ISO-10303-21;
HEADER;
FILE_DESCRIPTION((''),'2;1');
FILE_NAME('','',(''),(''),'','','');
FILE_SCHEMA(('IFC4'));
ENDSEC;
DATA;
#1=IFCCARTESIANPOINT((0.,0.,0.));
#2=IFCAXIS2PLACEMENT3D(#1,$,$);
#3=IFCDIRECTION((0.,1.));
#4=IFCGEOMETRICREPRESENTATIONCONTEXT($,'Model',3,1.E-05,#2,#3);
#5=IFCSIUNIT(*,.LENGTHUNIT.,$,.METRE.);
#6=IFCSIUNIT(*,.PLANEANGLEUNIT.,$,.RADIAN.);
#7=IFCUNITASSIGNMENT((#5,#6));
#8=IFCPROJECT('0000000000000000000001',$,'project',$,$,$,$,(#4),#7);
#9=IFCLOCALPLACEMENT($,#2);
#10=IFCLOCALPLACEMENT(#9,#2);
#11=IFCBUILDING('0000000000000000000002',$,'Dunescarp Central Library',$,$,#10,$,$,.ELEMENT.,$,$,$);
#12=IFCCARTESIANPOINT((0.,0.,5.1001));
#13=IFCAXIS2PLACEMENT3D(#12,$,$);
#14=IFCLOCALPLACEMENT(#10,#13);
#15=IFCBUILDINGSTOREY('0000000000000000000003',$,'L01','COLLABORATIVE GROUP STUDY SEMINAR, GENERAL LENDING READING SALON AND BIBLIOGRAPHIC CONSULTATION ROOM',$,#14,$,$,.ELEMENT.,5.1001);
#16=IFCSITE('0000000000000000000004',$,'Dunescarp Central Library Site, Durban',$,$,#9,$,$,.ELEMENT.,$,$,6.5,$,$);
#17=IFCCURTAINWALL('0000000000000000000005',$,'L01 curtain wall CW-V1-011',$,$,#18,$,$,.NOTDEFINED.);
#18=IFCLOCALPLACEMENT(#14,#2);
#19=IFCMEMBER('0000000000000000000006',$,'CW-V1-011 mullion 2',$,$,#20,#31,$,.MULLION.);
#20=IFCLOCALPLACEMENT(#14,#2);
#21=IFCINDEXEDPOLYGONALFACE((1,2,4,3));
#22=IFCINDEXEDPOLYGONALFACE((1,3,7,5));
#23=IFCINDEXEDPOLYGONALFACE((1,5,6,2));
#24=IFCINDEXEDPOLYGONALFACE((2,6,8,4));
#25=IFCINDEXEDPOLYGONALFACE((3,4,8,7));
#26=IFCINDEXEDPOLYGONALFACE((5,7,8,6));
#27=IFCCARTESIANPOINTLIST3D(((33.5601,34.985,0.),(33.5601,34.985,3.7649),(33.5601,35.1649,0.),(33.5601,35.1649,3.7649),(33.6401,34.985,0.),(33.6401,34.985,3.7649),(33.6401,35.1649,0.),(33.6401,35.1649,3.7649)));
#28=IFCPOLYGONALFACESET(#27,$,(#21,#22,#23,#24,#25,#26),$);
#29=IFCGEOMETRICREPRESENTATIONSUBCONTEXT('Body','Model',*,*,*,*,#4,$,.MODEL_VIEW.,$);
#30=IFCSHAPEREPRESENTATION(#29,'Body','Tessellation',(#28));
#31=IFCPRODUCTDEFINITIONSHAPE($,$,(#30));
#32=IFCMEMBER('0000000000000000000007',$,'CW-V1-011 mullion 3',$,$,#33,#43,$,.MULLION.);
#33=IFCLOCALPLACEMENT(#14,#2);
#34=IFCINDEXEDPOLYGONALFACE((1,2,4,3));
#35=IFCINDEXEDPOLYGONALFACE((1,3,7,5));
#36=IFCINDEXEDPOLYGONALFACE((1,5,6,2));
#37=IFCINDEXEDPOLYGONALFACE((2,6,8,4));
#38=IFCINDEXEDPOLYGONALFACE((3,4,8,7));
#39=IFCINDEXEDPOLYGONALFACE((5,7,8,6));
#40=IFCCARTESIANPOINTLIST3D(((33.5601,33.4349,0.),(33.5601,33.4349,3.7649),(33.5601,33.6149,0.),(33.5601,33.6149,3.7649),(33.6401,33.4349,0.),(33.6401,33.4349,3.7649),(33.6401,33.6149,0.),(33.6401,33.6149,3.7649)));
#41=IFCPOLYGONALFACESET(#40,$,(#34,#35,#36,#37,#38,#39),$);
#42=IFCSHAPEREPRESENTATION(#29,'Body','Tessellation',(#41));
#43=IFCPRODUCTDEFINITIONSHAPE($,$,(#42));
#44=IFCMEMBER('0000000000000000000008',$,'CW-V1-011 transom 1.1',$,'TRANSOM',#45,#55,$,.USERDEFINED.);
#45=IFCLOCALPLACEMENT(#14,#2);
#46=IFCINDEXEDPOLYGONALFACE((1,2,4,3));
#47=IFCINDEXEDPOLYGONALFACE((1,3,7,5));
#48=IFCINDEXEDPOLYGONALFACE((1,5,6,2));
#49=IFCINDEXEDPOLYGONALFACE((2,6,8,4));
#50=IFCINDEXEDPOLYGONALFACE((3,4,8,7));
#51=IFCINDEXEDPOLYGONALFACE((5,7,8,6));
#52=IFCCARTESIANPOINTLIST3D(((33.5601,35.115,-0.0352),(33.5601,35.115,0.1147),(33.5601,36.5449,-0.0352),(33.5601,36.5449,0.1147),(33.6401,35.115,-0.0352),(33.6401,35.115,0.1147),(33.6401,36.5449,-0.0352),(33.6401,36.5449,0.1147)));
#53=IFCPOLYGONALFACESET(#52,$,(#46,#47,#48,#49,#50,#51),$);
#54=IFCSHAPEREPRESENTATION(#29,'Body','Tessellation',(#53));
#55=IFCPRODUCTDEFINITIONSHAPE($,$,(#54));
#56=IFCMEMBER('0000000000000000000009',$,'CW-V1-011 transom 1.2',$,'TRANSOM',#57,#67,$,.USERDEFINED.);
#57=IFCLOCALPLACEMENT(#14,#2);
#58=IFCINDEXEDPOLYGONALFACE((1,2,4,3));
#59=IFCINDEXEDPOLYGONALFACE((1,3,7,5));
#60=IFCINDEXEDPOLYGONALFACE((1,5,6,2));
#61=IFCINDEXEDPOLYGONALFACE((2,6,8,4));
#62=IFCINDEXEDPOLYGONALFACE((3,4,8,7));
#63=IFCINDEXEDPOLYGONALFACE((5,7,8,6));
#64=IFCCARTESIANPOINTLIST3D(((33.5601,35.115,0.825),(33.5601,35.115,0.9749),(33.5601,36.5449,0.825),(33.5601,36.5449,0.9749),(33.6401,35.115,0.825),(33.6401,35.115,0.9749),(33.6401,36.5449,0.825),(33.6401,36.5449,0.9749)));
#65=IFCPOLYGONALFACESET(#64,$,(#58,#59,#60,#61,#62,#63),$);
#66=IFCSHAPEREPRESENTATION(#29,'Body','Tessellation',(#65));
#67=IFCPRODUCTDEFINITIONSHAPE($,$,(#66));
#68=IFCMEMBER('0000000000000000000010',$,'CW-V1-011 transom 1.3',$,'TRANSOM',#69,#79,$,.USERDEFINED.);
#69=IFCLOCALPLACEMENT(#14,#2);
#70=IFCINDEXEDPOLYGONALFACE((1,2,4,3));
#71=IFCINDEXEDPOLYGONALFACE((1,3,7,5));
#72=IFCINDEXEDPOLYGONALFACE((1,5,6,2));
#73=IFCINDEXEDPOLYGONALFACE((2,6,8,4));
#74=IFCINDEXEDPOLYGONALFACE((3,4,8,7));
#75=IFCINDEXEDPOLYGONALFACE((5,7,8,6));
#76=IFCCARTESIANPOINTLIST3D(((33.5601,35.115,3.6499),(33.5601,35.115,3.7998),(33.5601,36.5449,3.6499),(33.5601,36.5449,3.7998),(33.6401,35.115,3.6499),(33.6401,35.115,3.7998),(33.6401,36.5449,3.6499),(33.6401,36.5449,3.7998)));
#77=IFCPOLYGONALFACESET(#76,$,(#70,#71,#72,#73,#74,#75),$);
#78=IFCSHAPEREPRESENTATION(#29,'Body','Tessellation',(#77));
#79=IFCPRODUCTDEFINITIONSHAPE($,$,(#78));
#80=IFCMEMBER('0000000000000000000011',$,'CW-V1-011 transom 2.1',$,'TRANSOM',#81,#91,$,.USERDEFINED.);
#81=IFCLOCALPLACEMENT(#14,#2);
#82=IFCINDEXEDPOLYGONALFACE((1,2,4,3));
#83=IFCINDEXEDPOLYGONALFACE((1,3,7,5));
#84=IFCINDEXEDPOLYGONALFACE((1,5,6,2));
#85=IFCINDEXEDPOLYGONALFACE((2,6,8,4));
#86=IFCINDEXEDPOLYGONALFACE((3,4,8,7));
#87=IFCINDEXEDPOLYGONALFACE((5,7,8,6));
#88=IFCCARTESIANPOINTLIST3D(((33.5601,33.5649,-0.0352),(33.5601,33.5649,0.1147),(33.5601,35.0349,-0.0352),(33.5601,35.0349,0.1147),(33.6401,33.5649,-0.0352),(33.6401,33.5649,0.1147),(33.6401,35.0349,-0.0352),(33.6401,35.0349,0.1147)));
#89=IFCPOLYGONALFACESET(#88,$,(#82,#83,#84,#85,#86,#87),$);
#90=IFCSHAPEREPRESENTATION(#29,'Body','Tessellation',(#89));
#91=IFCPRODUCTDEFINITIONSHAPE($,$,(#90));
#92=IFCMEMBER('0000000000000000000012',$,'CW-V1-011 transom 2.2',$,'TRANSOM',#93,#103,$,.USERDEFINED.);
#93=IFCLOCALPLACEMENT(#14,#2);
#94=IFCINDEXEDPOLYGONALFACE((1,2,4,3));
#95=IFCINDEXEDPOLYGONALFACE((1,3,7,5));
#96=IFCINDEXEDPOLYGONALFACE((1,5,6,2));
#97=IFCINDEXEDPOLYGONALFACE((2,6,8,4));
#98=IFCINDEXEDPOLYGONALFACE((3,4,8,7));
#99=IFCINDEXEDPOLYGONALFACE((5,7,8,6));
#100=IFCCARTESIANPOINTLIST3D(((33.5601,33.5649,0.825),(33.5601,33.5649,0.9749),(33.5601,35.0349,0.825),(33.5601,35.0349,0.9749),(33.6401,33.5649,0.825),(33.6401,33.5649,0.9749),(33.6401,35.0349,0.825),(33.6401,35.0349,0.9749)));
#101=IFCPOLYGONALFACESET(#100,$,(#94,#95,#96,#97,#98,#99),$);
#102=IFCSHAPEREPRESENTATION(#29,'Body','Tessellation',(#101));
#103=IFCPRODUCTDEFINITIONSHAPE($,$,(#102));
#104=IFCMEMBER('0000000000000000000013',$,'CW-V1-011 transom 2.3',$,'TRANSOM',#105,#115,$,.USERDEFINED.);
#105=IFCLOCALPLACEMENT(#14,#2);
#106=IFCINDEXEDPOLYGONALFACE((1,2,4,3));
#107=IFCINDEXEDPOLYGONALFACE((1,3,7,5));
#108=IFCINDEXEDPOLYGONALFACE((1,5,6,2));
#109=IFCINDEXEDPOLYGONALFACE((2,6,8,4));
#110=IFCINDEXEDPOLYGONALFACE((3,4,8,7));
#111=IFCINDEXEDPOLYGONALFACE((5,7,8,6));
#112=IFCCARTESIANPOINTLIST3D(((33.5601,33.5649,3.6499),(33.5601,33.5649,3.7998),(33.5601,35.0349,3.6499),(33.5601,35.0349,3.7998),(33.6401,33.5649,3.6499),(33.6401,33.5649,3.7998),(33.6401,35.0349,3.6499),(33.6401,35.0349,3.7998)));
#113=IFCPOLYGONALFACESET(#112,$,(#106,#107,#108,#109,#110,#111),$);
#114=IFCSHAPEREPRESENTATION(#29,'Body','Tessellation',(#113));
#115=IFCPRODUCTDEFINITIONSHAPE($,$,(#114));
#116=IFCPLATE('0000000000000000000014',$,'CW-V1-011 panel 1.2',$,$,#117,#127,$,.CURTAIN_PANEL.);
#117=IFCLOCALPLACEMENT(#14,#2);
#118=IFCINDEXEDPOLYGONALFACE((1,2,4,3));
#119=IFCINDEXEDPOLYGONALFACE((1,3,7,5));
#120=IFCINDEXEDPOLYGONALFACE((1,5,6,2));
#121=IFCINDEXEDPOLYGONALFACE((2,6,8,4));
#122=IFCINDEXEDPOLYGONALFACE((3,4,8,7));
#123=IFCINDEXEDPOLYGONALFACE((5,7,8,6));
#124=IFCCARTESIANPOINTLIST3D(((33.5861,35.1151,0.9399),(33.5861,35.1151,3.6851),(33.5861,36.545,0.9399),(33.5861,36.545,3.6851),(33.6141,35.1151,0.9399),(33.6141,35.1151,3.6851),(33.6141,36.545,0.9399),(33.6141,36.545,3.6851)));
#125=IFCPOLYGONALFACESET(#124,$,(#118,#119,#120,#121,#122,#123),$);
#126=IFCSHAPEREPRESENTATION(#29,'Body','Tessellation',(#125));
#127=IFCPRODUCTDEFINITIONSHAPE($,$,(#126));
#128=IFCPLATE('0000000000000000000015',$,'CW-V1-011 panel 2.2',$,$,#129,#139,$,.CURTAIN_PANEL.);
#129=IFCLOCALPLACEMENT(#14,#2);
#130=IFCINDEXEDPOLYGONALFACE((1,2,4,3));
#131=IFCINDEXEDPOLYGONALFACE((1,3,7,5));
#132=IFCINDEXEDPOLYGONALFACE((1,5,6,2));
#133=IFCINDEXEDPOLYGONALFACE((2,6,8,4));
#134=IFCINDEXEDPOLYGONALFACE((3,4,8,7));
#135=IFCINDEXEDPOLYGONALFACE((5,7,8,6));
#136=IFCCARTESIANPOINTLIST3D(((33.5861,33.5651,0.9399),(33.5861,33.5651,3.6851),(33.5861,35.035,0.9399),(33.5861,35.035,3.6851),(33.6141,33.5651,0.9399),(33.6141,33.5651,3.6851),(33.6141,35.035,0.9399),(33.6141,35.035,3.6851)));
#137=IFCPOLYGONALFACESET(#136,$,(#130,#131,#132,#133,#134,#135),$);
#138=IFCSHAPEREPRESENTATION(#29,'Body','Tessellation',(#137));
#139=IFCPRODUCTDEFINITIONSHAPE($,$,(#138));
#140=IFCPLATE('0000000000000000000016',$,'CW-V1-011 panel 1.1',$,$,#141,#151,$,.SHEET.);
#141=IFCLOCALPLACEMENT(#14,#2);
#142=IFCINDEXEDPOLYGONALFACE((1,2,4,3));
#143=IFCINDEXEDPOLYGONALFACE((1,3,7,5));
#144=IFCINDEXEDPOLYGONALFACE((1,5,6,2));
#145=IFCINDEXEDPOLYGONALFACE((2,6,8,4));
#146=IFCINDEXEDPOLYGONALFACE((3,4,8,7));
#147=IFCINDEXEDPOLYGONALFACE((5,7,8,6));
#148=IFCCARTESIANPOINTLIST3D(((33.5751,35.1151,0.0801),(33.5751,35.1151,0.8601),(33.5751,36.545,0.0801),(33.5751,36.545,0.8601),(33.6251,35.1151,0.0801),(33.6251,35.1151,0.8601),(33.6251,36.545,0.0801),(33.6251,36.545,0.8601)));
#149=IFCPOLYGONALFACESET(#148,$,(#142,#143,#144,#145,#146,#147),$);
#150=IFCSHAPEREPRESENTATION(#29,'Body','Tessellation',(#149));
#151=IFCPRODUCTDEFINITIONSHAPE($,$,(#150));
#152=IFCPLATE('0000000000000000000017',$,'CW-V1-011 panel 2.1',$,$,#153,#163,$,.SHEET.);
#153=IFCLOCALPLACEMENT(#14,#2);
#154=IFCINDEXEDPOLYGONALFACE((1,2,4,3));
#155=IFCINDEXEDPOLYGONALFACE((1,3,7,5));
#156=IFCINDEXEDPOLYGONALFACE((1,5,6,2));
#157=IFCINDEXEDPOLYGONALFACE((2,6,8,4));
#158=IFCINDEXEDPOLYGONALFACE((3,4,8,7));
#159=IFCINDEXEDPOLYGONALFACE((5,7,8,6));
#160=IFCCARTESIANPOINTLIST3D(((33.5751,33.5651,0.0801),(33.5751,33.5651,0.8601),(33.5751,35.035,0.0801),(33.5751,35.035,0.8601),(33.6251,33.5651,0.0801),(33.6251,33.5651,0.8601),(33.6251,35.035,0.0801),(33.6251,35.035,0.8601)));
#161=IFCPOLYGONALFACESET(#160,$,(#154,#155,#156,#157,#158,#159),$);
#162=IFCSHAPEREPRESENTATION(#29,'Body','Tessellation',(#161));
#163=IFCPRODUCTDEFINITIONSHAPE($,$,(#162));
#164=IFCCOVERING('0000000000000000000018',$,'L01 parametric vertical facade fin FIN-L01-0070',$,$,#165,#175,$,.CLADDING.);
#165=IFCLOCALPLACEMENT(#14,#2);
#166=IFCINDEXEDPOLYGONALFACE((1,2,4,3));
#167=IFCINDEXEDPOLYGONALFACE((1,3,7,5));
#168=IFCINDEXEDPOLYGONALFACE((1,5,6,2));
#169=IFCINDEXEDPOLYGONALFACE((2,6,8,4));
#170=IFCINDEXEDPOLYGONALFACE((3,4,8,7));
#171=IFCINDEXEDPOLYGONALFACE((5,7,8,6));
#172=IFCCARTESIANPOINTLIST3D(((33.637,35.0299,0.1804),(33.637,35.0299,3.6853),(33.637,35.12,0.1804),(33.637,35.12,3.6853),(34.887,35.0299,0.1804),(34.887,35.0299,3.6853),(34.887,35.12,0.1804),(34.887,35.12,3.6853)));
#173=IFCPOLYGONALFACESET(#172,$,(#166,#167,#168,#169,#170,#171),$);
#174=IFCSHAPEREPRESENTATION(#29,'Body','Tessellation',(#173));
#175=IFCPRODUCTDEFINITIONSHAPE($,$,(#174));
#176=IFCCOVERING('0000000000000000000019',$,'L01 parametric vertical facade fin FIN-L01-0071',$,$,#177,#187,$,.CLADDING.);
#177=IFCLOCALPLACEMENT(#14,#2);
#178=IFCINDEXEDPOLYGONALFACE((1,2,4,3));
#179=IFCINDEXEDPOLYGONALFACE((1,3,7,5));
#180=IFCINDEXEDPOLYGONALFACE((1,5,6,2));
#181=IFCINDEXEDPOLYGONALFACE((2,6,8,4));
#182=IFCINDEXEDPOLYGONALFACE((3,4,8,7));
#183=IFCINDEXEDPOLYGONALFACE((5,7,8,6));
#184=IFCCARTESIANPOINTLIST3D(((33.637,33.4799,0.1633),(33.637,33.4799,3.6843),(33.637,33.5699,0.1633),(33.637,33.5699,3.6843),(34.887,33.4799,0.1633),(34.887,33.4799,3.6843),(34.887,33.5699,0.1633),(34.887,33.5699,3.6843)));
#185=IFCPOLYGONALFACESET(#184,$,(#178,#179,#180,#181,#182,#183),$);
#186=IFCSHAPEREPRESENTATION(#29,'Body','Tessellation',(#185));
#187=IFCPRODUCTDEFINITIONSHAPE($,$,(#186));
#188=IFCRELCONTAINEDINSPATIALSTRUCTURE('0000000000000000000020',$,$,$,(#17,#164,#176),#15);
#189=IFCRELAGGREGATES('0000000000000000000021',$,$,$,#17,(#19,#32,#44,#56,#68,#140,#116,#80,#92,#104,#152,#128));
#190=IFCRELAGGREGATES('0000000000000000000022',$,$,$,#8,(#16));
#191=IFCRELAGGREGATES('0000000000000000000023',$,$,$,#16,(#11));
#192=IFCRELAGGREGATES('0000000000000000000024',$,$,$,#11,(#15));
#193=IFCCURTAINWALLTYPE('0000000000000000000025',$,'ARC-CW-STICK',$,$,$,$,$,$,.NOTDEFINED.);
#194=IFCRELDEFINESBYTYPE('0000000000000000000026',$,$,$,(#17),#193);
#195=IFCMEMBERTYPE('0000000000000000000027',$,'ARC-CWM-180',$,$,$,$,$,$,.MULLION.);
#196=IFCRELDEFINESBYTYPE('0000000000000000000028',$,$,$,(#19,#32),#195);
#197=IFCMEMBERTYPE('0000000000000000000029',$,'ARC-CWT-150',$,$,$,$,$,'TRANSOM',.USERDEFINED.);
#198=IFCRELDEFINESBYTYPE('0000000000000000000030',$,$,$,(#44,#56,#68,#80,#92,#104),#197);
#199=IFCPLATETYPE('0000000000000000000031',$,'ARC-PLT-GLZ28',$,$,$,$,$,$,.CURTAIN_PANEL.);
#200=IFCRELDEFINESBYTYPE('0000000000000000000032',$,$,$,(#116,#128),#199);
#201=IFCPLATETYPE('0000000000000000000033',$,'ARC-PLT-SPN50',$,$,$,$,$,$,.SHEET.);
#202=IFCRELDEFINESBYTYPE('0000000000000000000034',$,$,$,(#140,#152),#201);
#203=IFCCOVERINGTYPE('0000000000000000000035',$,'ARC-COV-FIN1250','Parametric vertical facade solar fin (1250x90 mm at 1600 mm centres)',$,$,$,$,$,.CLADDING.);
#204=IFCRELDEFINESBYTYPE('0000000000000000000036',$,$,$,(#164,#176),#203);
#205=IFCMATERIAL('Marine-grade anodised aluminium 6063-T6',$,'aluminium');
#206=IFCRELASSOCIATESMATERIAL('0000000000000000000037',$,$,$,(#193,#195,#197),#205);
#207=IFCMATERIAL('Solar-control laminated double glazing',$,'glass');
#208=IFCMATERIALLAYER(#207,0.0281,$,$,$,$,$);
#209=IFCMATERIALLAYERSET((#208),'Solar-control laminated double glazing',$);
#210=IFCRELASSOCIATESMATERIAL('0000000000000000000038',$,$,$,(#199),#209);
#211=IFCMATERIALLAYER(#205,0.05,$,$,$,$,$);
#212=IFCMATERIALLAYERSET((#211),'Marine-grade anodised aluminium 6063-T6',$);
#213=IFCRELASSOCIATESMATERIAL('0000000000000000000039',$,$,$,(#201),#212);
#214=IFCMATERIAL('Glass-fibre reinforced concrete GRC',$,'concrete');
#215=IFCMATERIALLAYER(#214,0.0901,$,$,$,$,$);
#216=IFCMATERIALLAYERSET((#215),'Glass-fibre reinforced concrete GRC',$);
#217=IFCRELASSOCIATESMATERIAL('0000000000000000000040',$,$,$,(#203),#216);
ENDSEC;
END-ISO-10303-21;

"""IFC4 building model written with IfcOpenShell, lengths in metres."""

from ifc_helpers import new_model, si_unit, direction, frame, origin, origin_2d, place, context, subcontext, project, spatial, rectangle, extrude, material, layer, layer_set, material_profile, profile_set, type_object, element, aggregate, save


model = new_model("IFC4")

# Units and contexts
model_context = context("Model", 3, precision=1e-05, world=origin(), true_north=direction((0.0, 1.0)))
body_context = subcontext(model_context, "Body", "Model", "MODEL_VIEW")
ifc_project = project(units=[si_unit("LENGTHUNIT", "METRE"), si_unit("PLANEANGLEUNIT", "RADIAN")], contexts=[model_context])

# Site, building, storey
site_placement = place(None, origin())
site = spatial("IfcSite", under=ifc_project, at=site_placement, Name="Dunescarp Central Library Site, Durban", CompositionType="ELEMENT", RefElevation=6.5)
building_placement = place(site_placement, origin())
building = spatial("IfcBuilding", under=site, at=building_placement, Name="Dunescarp Central Library", CompositionType="ELEMENT")
storey_placement = place(building_placement, frame((0.0, 0.0, 5.1001)))
storey = spatial("IfcBuildingStorey", under=building, at=storey_placement, Name="L01", Description="COLLABORATIVE GROUP STUDY SEMINAR, GENERAL LENDING READING SALON AND BIBLIOGRAPHIC CONSULTATION ROOM", CompositionType="ELEMENT", Elevation=5.1001)

# Curtain wall, members, plates
ifc_material_1 = material(Name="Marine-grade anodised aluminium 6063-T6", Category="aluminium")
curtain_wall_type = type_object("IfcCurtainWallType", Name="ARC-CW-STICK", PredefinedType="NOTDEFINED", material=ifc_material_1)
curtain_wall_placement = place(storey_placement, origin())
curtain_wall = element("IfcCurtainWall", 1, at=curtain_wall_placement, inside=storey, type_object=curtain_wall_type, Name="L01 curtain wall CW-V1-011", PredefinedType="NOTDEFINED")
ifc_material_profile_1 = material_profile(ifc_material_1, rectangle(XDim=0.0801, YDim=0.1799, at=origin_2d()), Name="AL 80x180")
ifc_profile_set_1 = profile_set([ifc_material_profile_1], Name="Marine-grade anodised aluminium 6063-T6")
member_type_1 = type_object("IfcMemberType", Name="ARC-CWM-180", PredefinedType="MULLION", material=ifc_profile_set_1)
member_1_placement = place(storey_placement, frame((33.6001, 35.075, 0.0), z_axis=(0.0, 0.0, 1.0), x_axis=(1.0, 0.0, 0.0)))
member_1 = element("IfcMember", 2, at=member_1_placement, type_object=member_type_1, Name="CW-V1-011 mullion 2", PredefinedType="MULLION", context=body_context, shape_type="SweptSolid", body=[
    extrude(rectangle(XDim=0.0801, YDim=0.1799, at=origin_2d()), origin(), (0.0, 0.0, 1.0), 3.7649),
])
member_2_placement = place(storey_placement, frame((33.6001, 33.5249, 0.0), z_axis=(0.0, 0.0, 1.0), x_axis=(1.0, 0.0, 0.0)))
member_2 = element("IfcMember", 3, at=member_2_placement, type_object=member_type_1, Name="CW-V1-011 mullion 3", PredefinedType="MULLION", context=body_context, shape_type="SweptSolid", body=[
    extrude(rectangle(XDim=0.0801, YDim=0.1799, at=origin_2d()), origin(), (0.0, 0.0, 1.0), 3.7649),
])
ifc_material_profile_2 = material_profile(ifc_material_1, rectangle(XDim=0.0801, YDim=0.1499, at=origin_2d()), Name="AL 80x150")
ifc_profile_set_2 = profile_set([ifc_material_profile_2], Name="Marine-grade anodised aluminium 6063-T6")
member_type_2 = type_object("IfcMemberType", Name="ARC-CWT-150", ElementType="TRANSOM", PredefinedType="USERDEFINED", material=ifc_profile_set_2)
member_3_placement = place(storey_placement, frame((33.6001, 36.5449, 0.0398), z_axis=(0.0, -1.0, 0.0), x_axis=(1.0, 0.0, 0.0)))
member_3 = element("IfcMember", 4, at=member_3_placement, type_object=member_type_2, Name="CW-V1-011 transom 1.1", ObjectType="TRANSOM", PredefinedType="USERDEFINED", context=body_context, shape_type="SweptSolid", body=[
    extrude(rectangle(XDim=0.0801, YDim=0.1499, at=origin_2d()), origin(), (0.0, 0.0, 1.0), 1.4299),
])
member_4_placement = place(storey_placement, frame((33.6001, 36.5449, 0.8999), z_axis=(0.0, -1.0, 0.0), x_axis=(1.0, 0.0, 0.0)))
member_4 = element("IfcMember", 5, at=member_4_placement, type_object=member_type_2, Name="CW-V1-011 transom 1.2", ObjectType="TRANSOM", PredefinedType="USERDEFINED", context=body_context, shape_type="SweptSolid", body=[
    extrude(rectangle(XDim=0.0801, YDim=0.1499, at=origin_2d()), origin(), (0.0, 0.0, 1.0), 1.4299),
])
member_5_placement = place(storey_placement, frame((33.6001, 36.5449, 3.7249), z_axis=(0.0, -1.0, 0.0), x_axis=(1.0, 0.0, 0.0)))
member_5 = element("IfcMember", 6, at=member_5_placement, type_object=member_type_2, Name="CW-V1-011 transom 1.3", ObjectType="TRANSOM", PredefinedType="USERDEFINED", context=body_context, shape_type="SweptSolid", body=[
    extrude(rectangle(XDim=0.0801, YDim=0.1499, at=origin_2d()), origin(), (0.0, 0.0, 1.0), 1.4299),
])
member_6_placement = place(storey_placement, frame((33.6001, 35.0349, 0.0398), z_axis=(0.0, -1.0, 0.0), x_axis=(1.0, 0.0, 0.0)))
member_6 = element("IfcMember", 7, at=member_6_placement, type_object=member_type_2, Name="CW-V1-011 transom 2.1", ObjectType="TRANSOM", PredefinedType="USERDEFINED", context=body_context, shape_type="SweptSolid", body=[
    extrude(rectangle(XDim=0.0801, YDim=0.1499, at=origin_2d()), origin(), (0.0, 0.0, 1.0), 1.47),
])
member_7_placement = place(storey_placement, frame((33.6001, 35.0349, 0.8999), z_axis=(0.0, -1.0, 0.0), x_axis=(1.0, 0.0, 0.0)))
member_7 = element("IfcMember", 8, at=member_7_placement, type_object=member_type_2, Name="CW-V1-011 transom 2.2", ObjectType="TRANSOM", PredefinedType="USERDEFINED", context=body_context, shape_type="SweptSolid", body=[
    extrude(rectangle(XDim=0.0801, YDim=0.1499, at=origin_2d()), origin(), (0.0, 0.0, 1.0), 1.47),
])
member_8_placement = place(storey_placement, frame((33.6001, 35.0349, 3.7249), z_axis=(0.0, -1.0, 0.0), x_axis=(1.0, 0.0, 0.0)))
member_8 = element("IfcMember", 9, at=member_8_placement, type_object=member_type_2, Name="CW-V1-011 transom 2.3", ObjectType="TRANSOM", PredefinedType="USERDEFINED", context=body_context, shape_type="SweptSolid", body=[
    extrude(rectangle(XDim=0.0801, YDim=0.1499, at=origin_2d()), origin(), (0.0, 0.0, 1.0), 1.47),
])
ifc_material_2 = material(Name="Solar-control laminated double glazing", Category="glass")
ifc_layer_1 = layer(ifc_material_2, 0.0281)
ifc_layer_set_1 = layer_set([ifc_layer_1], Name="Solar-control laminated double glazing")
plate_type_1 = type_object("IfcPlateType", Name="ARC-PLT-GLZ28", PredefinedType="CURTAIN_PANEL", material=ifc_layer_set_1)
plate_1_placement = place(storey_placement, frame((33.6001, 35.8301, 0.9399), z_axis=(0.0, 0.0, 1.0), x_axis=(0.0, -1.0, 0.0)))
plate_1 = element("IfcPlate", 10, at=plate_1_placement, type_object=plate_type_1, Name="CW-V1-011 panel 1.2", PredefinedType="CURTAIN_PANEL", context=body_context, shape_type="SweptSolid", body=[
    extrude(rectangle(XDim=1.4299, YDim=0.0281, at=origin_2d()), origin(), (0.0, 0.0, 1.0), 2.7451),
])
plate_2_placement = place(storey_placement, frame((33.6001, 34.3, 0.9399), z_axis=(0.0, 0.0, 1.0), x_axis=(0.0, -1.0, 0.0)))
plate_2 = element("IfcPlate", 11, at=plate_2_placement, type_object=plate_type_1, Name="CW-V1-011 panel 2.2", PredefinedType="CURTAIN_PANEL", context=body_context, shape_type="SweptSolid", body=[
    extrude(rectangle(XDim=1.47, YDim=0.0281, at=origin_2d()), origin(), (0.0, 0.0, 1.0), 2.7451),
])
ifc_layer_2 = layer(ifc_material_1, 0.05)
ifc_layer_set_2 = layer_set([ifc_layer_2], Name="Marine-grade anodised aluminium 6063-T6")
plate_type_2 = type_object("IfcPlateType", Name="ARC-PLT-SPN50", PredefinedType="SHEET", material=ifc_layer_set_2)
plate_3_placement = place(storey_placement, frame((33.6001, 35.8301, 0.0801), z_axis=(0.0, 0.0, 1.0), x_axis=(0.0, -1.0, 0.0)))
plate_3 = element("IfcPlate", 12, at=plate_3_placement, type_object=plate_type_2, Name="CW-V1-011 panel 1.1", PredefinedType="SHEET", context=body_context, shape_type="SweptSolid", body=[
    extrude(rectangle(XDim=1.4299, YDim=0.05, at=origin_2d()), origin(), (0.0, 0.0, 1.0), 0.78),
])
plate_4_placement = place(storey_placement, frame((33.6001, 34.3, 0.0801), z_axis=(0.0, 0.0, 1.0), x_axis=(0.0, -1.0, 0.0)))
plate_4 = element("IfcPlate", 13, at=plate_4_placement, type_object=plate_type_2, Name="CW-V1-011 panel 2.1", PredefinedType="SHEET", context=body_context, shape_type="SweptSolid", body=[
    extrude(rectangle(XDim=1.47, YDim=0.05, at=origin_2d()), origin(), (0.0, 0.0, 1.0), 0.78),
])
aggregate(curtain_wall, [member_1, member_2, member_3, member_4, member_5, plate_3, plate_1, member_6, member_7, member_8, plate_4, plate_2])

# Coverings
ifc_material_3 = material(Name="Glass-fibre reinforced concrete GRC", Category="concrete")
ifc_layer_3 = layer(ifc_material_3, 0.0901)
ifc_layer_set_3 = layer_set([ifc_layer_3], Name="Glass-fibre reinforced concrete GRC")
covering_type = type_object("IfcCoveringType", Name="ARC-COV-FIN1250", Description="Parametric vertical facade solar fin (1250x90 mm at 1600 mm centres)", PredefinedType="CLADDING", material=ifc_layer_set_3)
covering_1_placement = place(storey_placement, frame((34.262, 35.075, 0.1804), z_axis=(0.0, 0.0, 1.0), x_axis=(1.0, 0.0, 0.0)))
element("IfcCovering", 14, at=covering_1_placement, inside=storey, type_object=covering_type, Name="L01 parametric vertical facade fin FIN-L01-0070", PredefinedType="CLADDING", context=body_context, shape_type="SweptSolid", body=[
    extrude(rectangle(XDim=1.25, YDim=0.0901, at=origin_2d()), origin(), (0.0, 0.0, 1.0), 3.5049),
])
covering_2_placement = place(storey_placement, frame((34.262, 33.5249, 0.1633), z_axis=(0.0, 0.0, 1.0), x_axis=(1.0, 0.0, 0.0)))
element("IfcCovering", 15, at=covering_2_placement, inside=storey, type_object=covering_type, Name="L01 parametric vertical facade fin FIN-L01-0071", PredefinedType="CLADDING", context=body_context, shape_type="SweptSolid", body=[
    extrude(rectangle(XDim=1.25, YDim=0.0901, at=origin_2d()), origin(), (0.0, 0.0, 1.0), 3.521),
])

save(model, "model.ifc")
